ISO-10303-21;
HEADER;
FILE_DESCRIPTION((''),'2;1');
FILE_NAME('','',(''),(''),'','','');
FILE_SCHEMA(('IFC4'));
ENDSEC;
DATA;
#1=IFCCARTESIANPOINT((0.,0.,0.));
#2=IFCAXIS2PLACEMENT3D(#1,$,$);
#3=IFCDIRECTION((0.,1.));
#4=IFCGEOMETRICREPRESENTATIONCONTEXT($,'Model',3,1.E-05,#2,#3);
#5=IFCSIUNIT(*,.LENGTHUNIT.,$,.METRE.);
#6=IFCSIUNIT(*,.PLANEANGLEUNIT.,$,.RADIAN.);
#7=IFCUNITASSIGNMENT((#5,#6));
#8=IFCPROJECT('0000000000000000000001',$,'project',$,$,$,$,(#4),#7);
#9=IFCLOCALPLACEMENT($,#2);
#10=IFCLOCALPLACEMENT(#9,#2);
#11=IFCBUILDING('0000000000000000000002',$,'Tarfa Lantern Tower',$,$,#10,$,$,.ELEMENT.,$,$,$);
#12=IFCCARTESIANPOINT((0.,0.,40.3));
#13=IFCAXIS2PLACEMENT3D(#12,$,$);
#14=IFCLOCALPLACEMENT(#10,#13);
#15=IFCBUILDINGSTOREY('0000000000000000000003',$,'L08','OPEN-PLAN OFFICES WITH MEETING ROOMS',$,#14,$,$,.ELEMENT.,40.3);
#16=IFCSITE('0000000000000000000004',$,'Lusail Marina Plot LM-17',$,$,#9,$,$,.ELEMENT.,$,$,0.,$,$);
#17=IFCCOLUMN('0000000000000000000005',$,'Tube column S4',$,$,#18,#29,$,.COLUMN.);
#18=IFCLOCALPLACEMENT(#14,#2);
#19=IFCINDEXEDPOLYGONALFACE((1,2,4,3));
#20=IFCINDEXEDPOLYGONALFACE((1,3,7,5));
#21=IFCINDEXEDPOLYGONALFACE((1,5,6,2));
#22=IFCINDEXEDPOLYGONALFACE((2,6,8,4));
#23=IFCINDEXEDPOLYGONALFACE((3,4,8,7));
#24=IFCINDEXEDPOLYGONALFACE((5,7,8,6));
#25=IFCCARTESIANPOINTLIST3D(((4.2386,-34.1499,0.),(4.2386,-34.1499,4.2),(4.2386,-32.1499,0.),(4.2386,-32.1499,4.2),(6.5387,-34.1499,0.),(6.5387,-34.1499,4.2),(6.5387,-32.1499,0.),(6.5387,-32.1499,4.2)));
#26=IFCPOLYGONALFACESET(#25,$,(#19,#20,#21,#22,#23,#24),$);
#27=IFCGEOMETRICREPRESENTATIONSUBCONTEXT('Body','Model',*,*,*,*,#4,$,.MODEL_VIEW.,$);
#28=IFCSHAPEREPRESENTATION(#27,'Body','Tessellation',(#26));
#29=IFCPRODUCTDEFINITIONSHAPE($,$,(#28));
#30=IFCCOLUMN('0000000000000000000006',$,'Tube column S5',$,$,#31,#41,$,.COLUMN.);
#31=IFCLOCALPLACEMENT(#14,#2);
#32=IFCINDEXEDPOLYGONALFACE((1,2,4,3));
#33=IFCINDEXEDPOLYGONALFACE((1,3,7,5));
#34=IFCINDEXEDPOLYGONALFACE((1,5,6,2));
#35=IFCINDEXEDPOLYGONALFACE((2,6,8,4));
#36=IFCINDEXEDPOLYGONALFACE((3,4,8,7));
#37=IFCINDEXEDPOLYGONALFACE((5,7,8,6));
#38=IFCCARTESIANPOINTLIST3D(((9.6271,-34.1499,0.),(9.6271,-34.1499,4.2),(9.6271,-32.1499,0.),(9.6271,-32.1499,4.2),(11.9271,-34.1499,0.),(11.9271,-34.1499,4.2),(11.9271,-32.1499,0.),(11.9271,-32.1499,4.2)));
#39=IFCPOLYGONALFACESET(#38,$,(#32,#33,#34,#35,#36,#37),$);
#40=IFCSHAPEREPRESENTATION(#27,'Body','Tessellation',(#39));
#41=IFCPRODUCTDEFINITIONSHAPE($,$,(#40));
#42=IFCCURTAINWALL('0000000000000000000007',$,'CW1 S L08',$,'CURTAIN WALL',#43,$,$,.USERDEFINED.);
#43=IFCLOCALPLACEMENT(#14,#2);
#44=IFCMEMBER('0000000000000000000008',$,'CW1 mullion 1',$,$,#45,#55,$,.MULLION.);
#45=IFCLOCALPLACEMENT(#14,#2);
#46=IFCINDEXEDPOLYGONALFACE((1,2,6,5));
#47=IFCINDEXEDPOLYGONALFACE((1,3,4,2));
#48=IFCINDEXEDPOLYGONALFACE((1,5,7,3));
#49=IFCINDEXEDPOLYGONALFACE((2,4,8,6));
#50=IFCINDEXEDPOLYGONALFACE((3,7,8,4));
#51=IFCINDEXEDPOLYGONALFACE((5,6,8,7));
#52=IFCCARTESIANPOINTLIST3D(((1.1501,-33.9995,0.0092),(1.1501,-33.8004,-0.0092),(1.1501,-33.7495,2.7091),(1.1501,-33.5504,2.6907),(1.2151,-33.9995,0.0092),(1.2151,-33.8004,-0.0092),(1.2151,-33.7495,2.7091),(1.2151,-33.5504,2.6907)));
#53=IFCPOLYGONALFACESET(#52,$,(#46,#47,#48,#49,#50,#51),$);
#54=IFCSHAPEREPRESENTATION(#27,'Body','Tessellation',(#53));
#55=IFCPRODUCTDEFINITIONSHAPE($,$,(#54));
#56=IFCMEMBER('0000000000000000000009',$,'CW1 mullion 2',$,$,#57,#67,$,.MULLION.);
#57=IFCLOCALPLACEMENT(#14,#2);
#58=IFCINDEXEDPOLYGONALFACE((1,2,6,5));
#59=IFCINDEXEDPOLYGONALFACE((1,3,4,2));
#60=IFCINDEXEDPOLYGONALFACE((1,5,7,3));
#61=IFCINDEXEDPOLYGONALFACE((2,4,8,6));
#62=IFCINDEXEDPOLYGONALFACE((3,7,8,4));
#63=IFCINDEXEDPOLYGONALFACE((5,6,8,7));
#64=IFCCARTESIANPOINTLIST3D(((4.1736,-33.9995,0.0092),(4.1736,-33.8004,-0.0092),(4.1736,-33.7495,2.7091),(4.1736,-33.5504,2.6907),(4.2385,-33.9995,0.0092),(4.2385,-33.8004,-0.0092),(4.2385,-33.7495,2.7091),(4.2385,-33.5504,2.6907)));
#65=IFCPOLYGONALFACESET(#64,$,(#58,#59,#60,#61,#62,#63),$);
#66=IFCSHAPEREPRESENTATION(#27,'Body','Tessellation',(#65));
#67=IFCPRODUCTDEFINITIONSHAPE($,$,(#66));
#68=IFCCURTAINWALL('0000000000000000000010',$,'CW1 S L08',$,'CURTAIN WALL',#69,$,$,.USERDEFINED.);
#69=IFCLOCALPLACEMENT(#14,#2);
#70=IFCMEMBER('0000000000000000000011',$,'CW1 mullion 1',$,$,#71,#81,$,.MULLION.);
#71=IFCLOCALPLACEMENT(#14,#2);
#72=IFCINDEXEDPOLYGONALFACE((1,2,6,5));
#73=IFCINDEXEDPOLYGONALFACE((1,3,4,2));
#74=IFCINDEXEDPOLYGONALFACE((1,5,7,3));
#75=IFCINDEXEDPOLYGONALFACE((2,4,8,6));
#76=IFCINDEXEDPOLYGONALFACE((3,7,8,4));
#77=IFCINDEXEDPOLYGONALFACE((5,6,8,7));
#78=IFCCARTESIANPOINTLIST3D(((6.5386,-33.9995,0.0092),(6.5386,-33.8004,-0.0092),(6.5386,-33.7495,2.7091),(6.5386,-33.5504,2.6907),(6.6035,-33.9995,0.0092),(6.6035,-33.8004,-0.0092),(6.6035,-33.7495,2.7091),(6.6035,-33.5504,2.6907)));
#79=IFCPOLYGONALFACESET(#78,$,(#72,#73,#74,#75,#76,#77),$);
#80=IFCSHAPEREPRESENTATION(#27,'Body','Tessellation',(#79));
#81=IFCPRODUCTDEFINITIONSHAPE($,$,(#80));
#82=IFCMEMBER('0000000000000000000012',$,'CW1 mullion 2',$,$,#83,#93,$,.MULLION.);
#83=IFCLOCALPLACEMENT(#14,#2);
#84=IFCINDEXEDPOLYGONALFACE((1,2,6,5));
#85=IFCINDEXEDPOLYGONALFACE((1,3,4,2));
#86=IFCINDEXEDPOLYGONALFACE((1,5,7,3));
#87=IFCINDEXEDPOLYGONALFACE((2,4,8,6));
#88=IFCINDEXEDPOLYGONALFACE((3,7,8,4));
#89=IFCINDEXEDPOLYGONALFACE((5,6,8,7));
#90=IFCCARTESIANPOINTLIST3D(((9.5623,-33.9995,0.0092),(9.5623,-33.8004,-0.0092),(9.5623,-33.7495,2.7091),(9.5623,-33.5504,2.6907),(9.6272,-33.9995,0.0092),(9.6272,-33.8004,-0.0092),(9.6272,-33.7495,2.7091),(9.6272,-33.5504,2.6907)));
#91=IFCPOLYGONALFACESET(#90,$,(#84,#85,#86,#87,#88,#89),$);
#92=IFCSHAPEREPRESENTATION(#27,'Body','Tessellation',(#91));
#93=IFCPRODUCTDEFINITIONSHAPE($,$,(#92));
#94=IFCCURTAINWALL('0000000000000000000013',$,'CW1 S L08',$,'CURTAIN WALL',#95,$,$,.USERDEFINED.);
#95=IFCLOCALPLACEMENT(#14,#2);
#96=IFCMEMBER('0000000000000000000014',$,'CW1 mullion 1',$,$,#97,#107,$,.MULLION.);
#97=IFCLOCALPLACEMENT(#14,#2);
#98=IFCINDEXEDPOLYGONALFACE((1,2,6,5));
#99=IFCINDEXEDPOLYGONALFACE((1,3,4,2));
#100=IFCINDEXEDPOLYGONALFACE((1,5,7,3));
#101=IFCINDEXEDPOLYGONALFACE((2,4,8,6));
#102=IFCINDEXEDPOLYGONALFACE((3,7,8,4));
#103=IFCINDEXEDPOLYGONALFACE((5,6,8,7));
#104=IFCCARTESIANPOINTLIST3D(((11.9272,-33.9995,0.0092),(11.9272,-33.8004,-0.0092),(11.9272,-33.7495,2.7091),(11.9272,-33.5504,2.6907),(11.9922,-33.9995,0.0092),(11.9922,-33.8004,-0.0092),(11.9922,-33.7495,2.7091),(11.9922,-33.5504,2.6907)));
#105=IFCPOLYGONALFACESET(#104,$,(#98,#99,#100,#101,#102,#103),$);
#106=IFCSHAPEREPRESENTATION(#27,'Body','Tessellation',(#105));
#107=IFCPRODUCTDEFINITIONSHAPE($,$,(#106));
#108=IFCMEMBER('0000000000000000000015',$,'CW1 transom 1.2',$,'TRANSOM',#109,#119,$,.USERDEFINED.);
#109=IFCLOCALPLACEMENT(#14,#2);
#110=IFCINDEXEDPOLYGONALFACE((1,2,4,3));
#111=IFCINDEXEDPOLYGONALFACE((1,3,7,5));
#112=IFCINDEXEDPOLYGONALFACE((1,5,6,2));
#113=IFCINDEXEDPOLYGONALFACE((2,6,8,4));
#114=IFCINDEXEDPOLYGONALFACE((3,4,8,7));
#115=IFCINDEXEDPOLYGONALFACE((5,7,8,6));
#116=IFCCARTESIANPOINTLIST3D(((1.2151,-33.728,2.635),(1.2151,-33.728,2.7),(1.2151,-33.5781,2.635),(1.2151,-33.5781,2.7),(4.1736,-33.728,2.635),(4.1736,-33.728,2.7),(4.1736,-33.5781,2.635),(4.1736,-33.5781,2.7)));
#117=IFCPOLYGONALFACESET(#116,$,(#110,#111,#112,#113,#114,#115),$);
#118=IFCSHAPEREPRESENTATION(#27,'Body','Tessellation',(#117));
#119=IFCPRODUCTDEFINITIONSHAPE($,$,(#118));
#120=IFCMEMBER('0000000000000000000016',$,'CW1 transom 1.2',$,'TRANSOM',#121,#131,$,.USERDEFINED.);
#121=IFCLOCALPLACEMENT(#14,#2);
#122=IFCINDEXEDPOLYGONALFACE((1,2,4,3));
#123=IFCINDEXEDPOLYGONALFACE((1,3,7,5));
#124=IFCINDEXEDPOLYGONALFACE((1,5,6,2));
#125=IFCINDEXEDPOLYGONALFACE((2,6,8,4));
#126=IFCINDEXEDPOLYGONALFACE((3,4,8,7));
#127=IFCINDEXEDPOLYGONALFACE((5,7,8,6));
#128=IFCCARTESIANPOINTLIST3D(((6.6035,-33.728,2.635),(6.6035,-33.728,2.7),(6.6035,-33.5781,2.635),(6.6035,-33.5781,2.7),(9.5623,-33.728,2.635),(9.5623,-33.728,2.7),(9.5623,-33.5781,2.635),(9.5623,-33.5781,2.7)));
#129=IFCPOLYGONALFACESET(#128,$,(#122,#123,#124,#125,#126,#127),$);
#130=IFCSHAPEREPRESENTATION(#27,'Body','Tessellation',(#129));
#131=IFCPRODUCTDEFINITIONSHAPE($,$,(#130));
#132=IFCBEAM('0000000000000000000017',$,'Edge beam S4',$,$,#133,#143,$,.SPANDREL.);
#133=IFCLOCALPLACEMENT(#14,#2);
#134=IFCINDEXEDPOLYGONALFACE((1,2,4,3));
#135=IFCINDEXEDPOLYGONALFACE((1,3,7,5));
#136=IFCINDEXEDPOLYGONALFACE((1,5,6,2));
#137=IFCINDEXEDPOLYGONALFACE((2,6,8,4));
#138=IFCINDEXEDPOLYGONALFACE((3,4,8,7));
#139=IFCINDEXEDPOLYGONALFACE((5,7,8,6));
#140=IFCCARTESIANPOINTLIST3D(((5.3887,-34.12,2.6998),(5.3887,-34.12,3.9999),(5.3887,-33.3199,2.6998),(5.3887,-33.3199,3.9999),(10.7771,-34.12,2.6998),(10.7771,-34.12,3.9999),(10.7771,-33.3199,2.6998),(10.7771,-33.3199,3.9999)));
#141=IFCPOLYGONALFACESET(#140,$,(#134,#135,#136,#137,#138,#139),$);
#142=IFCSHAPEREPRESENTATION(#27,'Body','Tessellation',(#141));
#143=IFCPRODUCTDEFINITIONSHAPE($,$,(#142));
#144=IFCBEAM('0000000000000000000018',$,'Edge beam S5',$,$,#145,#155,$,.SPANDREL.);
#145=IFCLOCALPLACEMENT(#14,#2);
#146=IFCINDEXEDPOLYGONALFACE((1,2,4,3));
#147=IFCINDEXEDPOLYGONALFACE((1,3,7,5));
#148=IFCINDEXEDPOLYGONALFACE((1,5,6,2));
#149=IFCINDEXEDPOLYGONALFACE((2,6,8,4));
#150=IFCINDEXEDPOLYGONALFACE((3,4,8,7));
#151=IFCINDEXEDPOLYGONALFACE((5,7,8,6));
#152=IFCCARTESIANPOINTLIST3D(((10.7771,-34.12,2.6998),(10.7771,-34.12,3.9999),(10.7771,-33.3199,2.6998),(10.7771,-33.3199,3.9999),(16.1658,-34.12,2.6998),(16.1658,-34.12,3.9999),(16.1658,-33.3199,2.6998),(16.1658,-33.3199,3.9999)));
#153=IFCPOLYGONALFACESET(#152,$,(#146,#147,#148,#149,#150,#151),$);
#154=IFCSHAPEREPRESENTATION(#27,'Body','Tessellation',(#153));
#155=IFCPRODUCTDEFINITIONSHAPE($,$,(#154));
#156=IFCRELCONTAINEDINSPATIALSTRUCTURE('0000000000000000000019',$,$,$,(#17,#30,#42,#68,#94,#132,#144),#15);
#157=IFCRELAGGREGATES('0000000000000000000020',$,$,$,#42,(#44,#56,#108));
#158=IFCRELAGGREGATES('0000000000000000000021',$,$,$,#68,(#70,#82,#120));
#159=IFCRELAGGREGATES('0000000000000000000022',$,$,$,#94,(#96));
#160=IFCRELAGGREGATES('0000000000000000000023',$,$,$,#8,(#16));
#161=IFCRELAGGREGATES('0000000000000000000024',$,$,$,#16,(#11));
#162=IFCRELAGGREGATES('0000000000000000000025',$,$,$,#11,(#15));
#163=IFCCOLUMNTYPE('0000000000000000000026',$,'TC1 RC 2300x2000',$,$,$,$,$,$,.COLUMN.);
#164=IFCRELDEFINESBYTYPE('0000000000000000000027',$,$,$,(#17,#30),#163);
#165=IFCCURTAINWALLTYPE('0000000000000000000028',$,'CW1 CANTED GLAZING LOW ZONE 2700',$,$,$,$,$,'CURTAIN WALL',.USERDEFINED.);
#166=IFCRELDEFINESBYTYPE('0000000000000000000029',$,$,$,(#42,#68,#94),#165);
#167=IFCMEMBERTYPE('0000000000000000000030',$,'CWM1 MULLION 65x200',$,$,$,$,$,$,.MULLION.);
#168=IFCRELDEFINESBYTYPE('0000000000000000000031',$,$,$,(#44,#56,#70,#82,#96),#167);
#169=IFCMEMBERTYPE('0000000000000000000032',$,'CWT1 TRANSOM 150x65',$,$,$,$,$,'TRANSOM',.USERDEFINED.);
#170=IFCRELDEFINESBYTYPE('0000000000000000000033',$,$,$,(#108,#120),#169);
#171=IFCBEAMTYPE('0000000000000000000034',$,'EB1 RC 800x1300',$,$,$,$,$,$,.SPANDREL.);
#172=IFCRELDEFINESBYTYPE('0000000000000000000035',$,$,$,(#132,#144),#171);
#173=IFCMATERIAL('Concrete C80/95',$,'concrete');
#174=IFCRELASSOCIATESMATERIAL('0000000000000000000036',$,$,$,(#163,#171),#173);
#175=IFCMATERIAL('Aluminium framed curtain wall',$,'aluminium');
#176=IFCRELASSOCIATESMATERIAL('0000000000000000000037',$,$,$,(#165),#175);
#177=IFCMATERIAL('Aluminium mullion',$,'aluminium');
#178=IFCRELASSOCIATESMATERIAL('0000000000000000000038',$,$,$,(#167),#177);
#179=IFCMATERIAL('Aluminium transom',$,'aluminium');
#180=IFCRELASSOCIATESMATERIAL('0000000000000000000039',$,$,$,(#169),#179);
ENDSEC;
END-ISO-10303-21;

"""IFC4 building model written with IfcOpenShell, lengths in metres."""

from ifc_helpers import new_model, si_unit, direction, frame, origin, origin_2d, place, context, subcontext, project, spatial, rectangle, extrude, material, material_profile, profile_set, type_object, element, aggregate, save


model = new_model("IFC4")

# Units and contexts
model_context = context("Model", 3, precision=1e-05, world=origin(), true_north=direction((0.0, 1.0)))
body_context = subcontext(model_context, "Body", "Model", "MODEL_VIEW")
ifc_project = project(units=[si_unit("LENGTHUNIT", "METRE"), si_unit("PLANEANGLEUNIT", "RADIAN")], contexts=[model_context])

# Site, building, storey
site_placement = place(None, origin())
site = spatial("IfcSite", under=ifc_project, at=site_placement, Name="Lusail Marina Plot LM-17", CompositionType="ELEMENT", RefElevation=0.0)
building_placement = place(site_placement, origin())
building = spatial("IfcBuilding", under=site, at=building_placement, Name="Tarfa Lantern Tower", CompositionType="ELEMENT")
storey_placement = place(building_placement, frame((0.0, 0.0, 40.3)))
storey = spatial("IfcBuildingStorey", under=building, at=storey_placement, Name="L08", Description="OPEN-PLAN OFFICES WITH MEETING ROOMS", CompositionType="ELEMENT", Elevation=40.3)

# Columns
ifc_material_1 = material(Name="Concrete C80/95", Category="concrete")
ifc_material_profile_1 = material_profile(ifc_material_1, rectangle(XDim=2.3, YDim=2.0, at=origin_2d()), Name="RC 2300x2000")
ifc_profile_set_1 = profile_set([ifc_material_profile_1], Name="Concrete C80/95")
column_type = type_object("IfcColumnType", Name="TC1 RC 2300x2000", PredefinedType="COLUMN", material=ifc_profile_set_1)
for number, where, z_axis, x_axis, name in (
    (1, (5.3887, -33.1499, 0.0), (0.0, 0.0, 1.0), (1.0, 0.0, 0.0), "Tube column S4"),
    (2, (10.7771, -33.1499, 0.0), (0.0, 0.0, 1.0), (1.0, 0.0, 0.0), "Tube column S5"),
):
    element("IfcColumn", number, at=place(storey_placement, frame(where, z_axis=z_axis, x_axis=x_axis)), inside=storey, type_object=column_type, Name=name, PredefinedType="COLUMN", context=body_context, shape_type="SweptSolid", body=[
        extrude(rectangle(XDim=2.3, YDim=2.0, at=origin_2d()), origin(), (0.0, 0.0, 1.0), 4.2),
    ])

# Curtain walls, members
ifc_material_2 = material(Name="Aluminium framed curtain wall", Category="aluminium")
curtain_wall_type = type_object("IfcCurtainWallType", Name="CW1 CANTED GLAZING LOW ZONE 2700", ElementType="CURTAIN WALL", PredefinedType="USERDEFINED", material=ifc_material_2)
curtain_wall_1_placement = place(storey_placement, origin())
curtain_wall_1 = element("IfcCurtainWall", 3, at=curtain_wall_1_placement, inside=storey, type_object=curtain_wall_type, Name="CW1 S L08", ObjectType="CURTAIN WALL", PredefinedType="USERDEFINED")
ifc_material_3 = material(Name="Aluminium mullion", Category="aluminium")
ifc_material_profile_2 = material_profile(ifc_material_3, rectangle(XDim=0.0649, YDim=0.2, at=origin_2d()), Name="AL MULLION 65x200")
ifc_profile_set_2 = profile_set([ifc_material_profile_2], Name="Aluminium mullion")
member_type_1 = type_object("IfcMemberType", Name="CWM1 MULLION 65x200", PredefinedType="MULLION", material=ifc_profile_set_2)
member_1_placement = place(storey_placement, frame((1.1826, -33.8999, 0.0), z_axis=(0.0, 0.0922, 0.995741), x_axis=(-1.0, 0.0, 0.0)))
member_1 = element("IfcMember", 4, at=member_1_placement, type_object=member_type_1, Name="CW1 mullion 1", PredefinedType="MULLION", context=body_context, shape_type="SweptSolid", body=[
    extrude(rectangle(XDim=0.0649, YDim=0.2, at=origin_2d()), origin(), (0.0, 0.0, 1.0), 2.7114),
])
member_2_placement = place(storey_placement, frame((4.2061, -33.8999, 0.0), z_axis=(0.0, 0.0922, 0.995741), x_axis=(-1.0, 0.0, 0.0)))
member_2 = element("IfcMember", 5, at=member_2_placement, type_object=member_type_1, Name="CW1 mullion 2", PredefinedType="MULLION", context=body_context, shape_type="SweptSolid", body=[
    extrude(rectangle(XDim=0.0649, YDim=0.2, at=origin_2d()), origin(), (0.0, 0.0, 1.0), 2.7114),
])
curtain_wall_2_placement = place(storey_placement, origin())
curtain_wall_2 = element("IfcCurtainWall", 6, at=curtain_wall_2_placement, inside=storey, type_object=curtain_wall_type, Name="CW1 S L08", ObjectType="CURTAIN WALL", PredefinedType="USERDEFINED")
member_3_placement = place(storey_placement, frame((6.571, -33.8999, 0.0), z_axis=(0.0, 0.0922, 0.995741), x_axis=(-1.0, 0.0, 0.0)))
member_3 = element("IfcMember", 7, at=member_3_placement, type_object=member_type_1, Name="CW1 mullion 1", PredefinedType="MULLION", context=body_context, shape_type="SweptSolid", body=[
    extrude(rectangle(XDim=0.0649, YDim=0.2, at=origin_2d()), origin(), (0.0, 0.0, 1.0), 2.7114),
])
member_4_placement = place(storey_placement, frame((9.5947, -33.8999, 0.0), z_axis=(0.0, 0.0922, 0.995741), x_axis=(-1.0, 0.0, 0.0)))
member_4 = element("IfcMember", 8, at=member_4_placement, type_object=member_type_1, Name="CW1 mullion 2", PredefinedType="MULLION", context=body_context, shape_type="SweptSolid", body=[
    extrude(rectangle(XDim=0.0649, YDim=0.2, at=origin_2d()), origin(), (0.0, 0.0, 1.0), 2.7114),
])

# Curtain wall, member
curtain_wall_3_placement = place(storey_placement, origin())
curtain_wall_3 = element("IfcCurtainWall", 9, at=curtain_wall_3_placement, inside=storey, type_object=curtain_wall_type, Name="CW1 S L08", ObjectType="CURTAIN WALL", PredefinedType="USERDEFINED")
member_5_placement = place(storey_placement, frame((11.9597, -33.8999, 0.0), z_axis=(0.0, 0.0922, 0.995741), x_axis=(-1.0, 0.0, 0.0)))
member_5 = element("IfcMember", 10, at=member_5_placement, type_object=member_type_1, Name="CW1 mullion 1", PredefinedType="MULLION", context=body_context, shape_type="SweptSolid", body=[
    extrude(rectangle(XDim=0.0649, YDim=0.2, at=origin_2d()), origin(), (0.0, 0.0, 1.0), 2.7114),
])

# Members
ifc_material_4 = material(Name="Aluminium transom", Category="aluminium")
ifc_material_profile_3 = material_profile(ifc_material_4, rectangle(XDim=0.1499, YDim=0.0649, at=origin_2d()), Name="AL TRANSOM 150x65")
ifc_profile_set_3 = profile_set([ifc_material_profile_3], Name="Aluminium transom")
member_type_2 = type_object("IfcMemberType", Name="CWT1 TRANSOM 150x65", ElementType="TRANSOM", PredefinedType="USERDEFINED", material=ifc_profile_set_3)
member_6_placement = place(storey_placement, frame((1.2151, -33.6531, 2.6675), z_axis=(1.0, 0.0, 0.0), x_axis=(0.0, 1.0, 0.0)))
member_6 = element("IfcMember", 11, at=member_6_placement, type_object=member_type_2, Name="CW1 transom 1.2", ObjectType="TRANSOM", PredefinedType="USERDEFINED", context=body_context, shape_type="SweptSolid", body=[
    extrude(rectangle(XDim=0.1499, YDim=0.0649, at=origin_2d()), origin(), (0.0, 0.0, 1.0), 2.9585),
])
member_7_placement = place(storey_placement, frame((6.6035, -33.6531, 2.6675), z_axis=(1.0, 0.0, 0.0), x_axis=(0.0, 1.0, 0.0)))
member_7 = element("IfcMember", 12, at=member_7_placement, type_object=member_type_2, Name="CW1 transom 1.2", ObjectType="TRANSOM", PredefinedType="USERDEFINED", context=body_context, shape_type="SweptSolid", body=[
    extrude(rectangle(XDim=0.1499, YDim=0.0649, at=origin_2d()), origin(), (0.0, 0.0, 1.0), 2.9587),
])

# Beams
ifc_material_profile_4 = material_profile(ifc_material_1, rectangle(XDim=0.8, YDim=1.3, at=origin_2d()), Name="RC 800x1300")
ifc_profile_set_4 = profile_set([ifc_material_profile_4], Name="Concrete C80/95")
beam_type_1 = type_object("IfcBeamType", Name="EB1 RC 800x1300", PredefinedType="SPANDREL", material=ifc_profile_set_4)
beam_1_placement = place(storey_placement, frame((5.3887, -33.72, 3.3499), z_axis=(1.0, 0.0, 0.0), x_axis=(0.0, 1.0, 0.0)))
element("IfcBeam", 13, at=beam_1_placement, inside=storey, type_object=beam_type_1, Name="Edge beam S4", PredefinedType="SPANDREL", context=body_context, shape_type="SweptSolid", body=[
    extrude(rectangle(XDim=0.8, YDim=1.3, at=origin_2d()), origin(), (0.0, 0.0, 1.0), 5.3884),
])
beam_2_placement = place(storey_placement, frame((10.7771, -33.72, 3.3499), z_axis=(1.0, 0.0, 0.0), x_axis=(0.0, 1.0, 0.0)))
element("IfcBeam", 14, at=beam_2_placement, inside=storey, type_object=beam_type_1, Name="Edge beam S5", PredefinedType="SPANDREL", context=body_context, shape_type="SweptSolid", body=[
    extrude(rectangle(XDim=0.8, YDim=1.3, at=origin_2d()), origin(), (0.0, 0.0, 1.0), 5.3887),
])

aggregate(curtain_wall_1, [member_1, member_2, member_6])
aggregate(curtain_wall_2, [member_3, member_4, member_7])
aggregate(curtain_wall_3, [member_5])

save(model, "model.ifc")
